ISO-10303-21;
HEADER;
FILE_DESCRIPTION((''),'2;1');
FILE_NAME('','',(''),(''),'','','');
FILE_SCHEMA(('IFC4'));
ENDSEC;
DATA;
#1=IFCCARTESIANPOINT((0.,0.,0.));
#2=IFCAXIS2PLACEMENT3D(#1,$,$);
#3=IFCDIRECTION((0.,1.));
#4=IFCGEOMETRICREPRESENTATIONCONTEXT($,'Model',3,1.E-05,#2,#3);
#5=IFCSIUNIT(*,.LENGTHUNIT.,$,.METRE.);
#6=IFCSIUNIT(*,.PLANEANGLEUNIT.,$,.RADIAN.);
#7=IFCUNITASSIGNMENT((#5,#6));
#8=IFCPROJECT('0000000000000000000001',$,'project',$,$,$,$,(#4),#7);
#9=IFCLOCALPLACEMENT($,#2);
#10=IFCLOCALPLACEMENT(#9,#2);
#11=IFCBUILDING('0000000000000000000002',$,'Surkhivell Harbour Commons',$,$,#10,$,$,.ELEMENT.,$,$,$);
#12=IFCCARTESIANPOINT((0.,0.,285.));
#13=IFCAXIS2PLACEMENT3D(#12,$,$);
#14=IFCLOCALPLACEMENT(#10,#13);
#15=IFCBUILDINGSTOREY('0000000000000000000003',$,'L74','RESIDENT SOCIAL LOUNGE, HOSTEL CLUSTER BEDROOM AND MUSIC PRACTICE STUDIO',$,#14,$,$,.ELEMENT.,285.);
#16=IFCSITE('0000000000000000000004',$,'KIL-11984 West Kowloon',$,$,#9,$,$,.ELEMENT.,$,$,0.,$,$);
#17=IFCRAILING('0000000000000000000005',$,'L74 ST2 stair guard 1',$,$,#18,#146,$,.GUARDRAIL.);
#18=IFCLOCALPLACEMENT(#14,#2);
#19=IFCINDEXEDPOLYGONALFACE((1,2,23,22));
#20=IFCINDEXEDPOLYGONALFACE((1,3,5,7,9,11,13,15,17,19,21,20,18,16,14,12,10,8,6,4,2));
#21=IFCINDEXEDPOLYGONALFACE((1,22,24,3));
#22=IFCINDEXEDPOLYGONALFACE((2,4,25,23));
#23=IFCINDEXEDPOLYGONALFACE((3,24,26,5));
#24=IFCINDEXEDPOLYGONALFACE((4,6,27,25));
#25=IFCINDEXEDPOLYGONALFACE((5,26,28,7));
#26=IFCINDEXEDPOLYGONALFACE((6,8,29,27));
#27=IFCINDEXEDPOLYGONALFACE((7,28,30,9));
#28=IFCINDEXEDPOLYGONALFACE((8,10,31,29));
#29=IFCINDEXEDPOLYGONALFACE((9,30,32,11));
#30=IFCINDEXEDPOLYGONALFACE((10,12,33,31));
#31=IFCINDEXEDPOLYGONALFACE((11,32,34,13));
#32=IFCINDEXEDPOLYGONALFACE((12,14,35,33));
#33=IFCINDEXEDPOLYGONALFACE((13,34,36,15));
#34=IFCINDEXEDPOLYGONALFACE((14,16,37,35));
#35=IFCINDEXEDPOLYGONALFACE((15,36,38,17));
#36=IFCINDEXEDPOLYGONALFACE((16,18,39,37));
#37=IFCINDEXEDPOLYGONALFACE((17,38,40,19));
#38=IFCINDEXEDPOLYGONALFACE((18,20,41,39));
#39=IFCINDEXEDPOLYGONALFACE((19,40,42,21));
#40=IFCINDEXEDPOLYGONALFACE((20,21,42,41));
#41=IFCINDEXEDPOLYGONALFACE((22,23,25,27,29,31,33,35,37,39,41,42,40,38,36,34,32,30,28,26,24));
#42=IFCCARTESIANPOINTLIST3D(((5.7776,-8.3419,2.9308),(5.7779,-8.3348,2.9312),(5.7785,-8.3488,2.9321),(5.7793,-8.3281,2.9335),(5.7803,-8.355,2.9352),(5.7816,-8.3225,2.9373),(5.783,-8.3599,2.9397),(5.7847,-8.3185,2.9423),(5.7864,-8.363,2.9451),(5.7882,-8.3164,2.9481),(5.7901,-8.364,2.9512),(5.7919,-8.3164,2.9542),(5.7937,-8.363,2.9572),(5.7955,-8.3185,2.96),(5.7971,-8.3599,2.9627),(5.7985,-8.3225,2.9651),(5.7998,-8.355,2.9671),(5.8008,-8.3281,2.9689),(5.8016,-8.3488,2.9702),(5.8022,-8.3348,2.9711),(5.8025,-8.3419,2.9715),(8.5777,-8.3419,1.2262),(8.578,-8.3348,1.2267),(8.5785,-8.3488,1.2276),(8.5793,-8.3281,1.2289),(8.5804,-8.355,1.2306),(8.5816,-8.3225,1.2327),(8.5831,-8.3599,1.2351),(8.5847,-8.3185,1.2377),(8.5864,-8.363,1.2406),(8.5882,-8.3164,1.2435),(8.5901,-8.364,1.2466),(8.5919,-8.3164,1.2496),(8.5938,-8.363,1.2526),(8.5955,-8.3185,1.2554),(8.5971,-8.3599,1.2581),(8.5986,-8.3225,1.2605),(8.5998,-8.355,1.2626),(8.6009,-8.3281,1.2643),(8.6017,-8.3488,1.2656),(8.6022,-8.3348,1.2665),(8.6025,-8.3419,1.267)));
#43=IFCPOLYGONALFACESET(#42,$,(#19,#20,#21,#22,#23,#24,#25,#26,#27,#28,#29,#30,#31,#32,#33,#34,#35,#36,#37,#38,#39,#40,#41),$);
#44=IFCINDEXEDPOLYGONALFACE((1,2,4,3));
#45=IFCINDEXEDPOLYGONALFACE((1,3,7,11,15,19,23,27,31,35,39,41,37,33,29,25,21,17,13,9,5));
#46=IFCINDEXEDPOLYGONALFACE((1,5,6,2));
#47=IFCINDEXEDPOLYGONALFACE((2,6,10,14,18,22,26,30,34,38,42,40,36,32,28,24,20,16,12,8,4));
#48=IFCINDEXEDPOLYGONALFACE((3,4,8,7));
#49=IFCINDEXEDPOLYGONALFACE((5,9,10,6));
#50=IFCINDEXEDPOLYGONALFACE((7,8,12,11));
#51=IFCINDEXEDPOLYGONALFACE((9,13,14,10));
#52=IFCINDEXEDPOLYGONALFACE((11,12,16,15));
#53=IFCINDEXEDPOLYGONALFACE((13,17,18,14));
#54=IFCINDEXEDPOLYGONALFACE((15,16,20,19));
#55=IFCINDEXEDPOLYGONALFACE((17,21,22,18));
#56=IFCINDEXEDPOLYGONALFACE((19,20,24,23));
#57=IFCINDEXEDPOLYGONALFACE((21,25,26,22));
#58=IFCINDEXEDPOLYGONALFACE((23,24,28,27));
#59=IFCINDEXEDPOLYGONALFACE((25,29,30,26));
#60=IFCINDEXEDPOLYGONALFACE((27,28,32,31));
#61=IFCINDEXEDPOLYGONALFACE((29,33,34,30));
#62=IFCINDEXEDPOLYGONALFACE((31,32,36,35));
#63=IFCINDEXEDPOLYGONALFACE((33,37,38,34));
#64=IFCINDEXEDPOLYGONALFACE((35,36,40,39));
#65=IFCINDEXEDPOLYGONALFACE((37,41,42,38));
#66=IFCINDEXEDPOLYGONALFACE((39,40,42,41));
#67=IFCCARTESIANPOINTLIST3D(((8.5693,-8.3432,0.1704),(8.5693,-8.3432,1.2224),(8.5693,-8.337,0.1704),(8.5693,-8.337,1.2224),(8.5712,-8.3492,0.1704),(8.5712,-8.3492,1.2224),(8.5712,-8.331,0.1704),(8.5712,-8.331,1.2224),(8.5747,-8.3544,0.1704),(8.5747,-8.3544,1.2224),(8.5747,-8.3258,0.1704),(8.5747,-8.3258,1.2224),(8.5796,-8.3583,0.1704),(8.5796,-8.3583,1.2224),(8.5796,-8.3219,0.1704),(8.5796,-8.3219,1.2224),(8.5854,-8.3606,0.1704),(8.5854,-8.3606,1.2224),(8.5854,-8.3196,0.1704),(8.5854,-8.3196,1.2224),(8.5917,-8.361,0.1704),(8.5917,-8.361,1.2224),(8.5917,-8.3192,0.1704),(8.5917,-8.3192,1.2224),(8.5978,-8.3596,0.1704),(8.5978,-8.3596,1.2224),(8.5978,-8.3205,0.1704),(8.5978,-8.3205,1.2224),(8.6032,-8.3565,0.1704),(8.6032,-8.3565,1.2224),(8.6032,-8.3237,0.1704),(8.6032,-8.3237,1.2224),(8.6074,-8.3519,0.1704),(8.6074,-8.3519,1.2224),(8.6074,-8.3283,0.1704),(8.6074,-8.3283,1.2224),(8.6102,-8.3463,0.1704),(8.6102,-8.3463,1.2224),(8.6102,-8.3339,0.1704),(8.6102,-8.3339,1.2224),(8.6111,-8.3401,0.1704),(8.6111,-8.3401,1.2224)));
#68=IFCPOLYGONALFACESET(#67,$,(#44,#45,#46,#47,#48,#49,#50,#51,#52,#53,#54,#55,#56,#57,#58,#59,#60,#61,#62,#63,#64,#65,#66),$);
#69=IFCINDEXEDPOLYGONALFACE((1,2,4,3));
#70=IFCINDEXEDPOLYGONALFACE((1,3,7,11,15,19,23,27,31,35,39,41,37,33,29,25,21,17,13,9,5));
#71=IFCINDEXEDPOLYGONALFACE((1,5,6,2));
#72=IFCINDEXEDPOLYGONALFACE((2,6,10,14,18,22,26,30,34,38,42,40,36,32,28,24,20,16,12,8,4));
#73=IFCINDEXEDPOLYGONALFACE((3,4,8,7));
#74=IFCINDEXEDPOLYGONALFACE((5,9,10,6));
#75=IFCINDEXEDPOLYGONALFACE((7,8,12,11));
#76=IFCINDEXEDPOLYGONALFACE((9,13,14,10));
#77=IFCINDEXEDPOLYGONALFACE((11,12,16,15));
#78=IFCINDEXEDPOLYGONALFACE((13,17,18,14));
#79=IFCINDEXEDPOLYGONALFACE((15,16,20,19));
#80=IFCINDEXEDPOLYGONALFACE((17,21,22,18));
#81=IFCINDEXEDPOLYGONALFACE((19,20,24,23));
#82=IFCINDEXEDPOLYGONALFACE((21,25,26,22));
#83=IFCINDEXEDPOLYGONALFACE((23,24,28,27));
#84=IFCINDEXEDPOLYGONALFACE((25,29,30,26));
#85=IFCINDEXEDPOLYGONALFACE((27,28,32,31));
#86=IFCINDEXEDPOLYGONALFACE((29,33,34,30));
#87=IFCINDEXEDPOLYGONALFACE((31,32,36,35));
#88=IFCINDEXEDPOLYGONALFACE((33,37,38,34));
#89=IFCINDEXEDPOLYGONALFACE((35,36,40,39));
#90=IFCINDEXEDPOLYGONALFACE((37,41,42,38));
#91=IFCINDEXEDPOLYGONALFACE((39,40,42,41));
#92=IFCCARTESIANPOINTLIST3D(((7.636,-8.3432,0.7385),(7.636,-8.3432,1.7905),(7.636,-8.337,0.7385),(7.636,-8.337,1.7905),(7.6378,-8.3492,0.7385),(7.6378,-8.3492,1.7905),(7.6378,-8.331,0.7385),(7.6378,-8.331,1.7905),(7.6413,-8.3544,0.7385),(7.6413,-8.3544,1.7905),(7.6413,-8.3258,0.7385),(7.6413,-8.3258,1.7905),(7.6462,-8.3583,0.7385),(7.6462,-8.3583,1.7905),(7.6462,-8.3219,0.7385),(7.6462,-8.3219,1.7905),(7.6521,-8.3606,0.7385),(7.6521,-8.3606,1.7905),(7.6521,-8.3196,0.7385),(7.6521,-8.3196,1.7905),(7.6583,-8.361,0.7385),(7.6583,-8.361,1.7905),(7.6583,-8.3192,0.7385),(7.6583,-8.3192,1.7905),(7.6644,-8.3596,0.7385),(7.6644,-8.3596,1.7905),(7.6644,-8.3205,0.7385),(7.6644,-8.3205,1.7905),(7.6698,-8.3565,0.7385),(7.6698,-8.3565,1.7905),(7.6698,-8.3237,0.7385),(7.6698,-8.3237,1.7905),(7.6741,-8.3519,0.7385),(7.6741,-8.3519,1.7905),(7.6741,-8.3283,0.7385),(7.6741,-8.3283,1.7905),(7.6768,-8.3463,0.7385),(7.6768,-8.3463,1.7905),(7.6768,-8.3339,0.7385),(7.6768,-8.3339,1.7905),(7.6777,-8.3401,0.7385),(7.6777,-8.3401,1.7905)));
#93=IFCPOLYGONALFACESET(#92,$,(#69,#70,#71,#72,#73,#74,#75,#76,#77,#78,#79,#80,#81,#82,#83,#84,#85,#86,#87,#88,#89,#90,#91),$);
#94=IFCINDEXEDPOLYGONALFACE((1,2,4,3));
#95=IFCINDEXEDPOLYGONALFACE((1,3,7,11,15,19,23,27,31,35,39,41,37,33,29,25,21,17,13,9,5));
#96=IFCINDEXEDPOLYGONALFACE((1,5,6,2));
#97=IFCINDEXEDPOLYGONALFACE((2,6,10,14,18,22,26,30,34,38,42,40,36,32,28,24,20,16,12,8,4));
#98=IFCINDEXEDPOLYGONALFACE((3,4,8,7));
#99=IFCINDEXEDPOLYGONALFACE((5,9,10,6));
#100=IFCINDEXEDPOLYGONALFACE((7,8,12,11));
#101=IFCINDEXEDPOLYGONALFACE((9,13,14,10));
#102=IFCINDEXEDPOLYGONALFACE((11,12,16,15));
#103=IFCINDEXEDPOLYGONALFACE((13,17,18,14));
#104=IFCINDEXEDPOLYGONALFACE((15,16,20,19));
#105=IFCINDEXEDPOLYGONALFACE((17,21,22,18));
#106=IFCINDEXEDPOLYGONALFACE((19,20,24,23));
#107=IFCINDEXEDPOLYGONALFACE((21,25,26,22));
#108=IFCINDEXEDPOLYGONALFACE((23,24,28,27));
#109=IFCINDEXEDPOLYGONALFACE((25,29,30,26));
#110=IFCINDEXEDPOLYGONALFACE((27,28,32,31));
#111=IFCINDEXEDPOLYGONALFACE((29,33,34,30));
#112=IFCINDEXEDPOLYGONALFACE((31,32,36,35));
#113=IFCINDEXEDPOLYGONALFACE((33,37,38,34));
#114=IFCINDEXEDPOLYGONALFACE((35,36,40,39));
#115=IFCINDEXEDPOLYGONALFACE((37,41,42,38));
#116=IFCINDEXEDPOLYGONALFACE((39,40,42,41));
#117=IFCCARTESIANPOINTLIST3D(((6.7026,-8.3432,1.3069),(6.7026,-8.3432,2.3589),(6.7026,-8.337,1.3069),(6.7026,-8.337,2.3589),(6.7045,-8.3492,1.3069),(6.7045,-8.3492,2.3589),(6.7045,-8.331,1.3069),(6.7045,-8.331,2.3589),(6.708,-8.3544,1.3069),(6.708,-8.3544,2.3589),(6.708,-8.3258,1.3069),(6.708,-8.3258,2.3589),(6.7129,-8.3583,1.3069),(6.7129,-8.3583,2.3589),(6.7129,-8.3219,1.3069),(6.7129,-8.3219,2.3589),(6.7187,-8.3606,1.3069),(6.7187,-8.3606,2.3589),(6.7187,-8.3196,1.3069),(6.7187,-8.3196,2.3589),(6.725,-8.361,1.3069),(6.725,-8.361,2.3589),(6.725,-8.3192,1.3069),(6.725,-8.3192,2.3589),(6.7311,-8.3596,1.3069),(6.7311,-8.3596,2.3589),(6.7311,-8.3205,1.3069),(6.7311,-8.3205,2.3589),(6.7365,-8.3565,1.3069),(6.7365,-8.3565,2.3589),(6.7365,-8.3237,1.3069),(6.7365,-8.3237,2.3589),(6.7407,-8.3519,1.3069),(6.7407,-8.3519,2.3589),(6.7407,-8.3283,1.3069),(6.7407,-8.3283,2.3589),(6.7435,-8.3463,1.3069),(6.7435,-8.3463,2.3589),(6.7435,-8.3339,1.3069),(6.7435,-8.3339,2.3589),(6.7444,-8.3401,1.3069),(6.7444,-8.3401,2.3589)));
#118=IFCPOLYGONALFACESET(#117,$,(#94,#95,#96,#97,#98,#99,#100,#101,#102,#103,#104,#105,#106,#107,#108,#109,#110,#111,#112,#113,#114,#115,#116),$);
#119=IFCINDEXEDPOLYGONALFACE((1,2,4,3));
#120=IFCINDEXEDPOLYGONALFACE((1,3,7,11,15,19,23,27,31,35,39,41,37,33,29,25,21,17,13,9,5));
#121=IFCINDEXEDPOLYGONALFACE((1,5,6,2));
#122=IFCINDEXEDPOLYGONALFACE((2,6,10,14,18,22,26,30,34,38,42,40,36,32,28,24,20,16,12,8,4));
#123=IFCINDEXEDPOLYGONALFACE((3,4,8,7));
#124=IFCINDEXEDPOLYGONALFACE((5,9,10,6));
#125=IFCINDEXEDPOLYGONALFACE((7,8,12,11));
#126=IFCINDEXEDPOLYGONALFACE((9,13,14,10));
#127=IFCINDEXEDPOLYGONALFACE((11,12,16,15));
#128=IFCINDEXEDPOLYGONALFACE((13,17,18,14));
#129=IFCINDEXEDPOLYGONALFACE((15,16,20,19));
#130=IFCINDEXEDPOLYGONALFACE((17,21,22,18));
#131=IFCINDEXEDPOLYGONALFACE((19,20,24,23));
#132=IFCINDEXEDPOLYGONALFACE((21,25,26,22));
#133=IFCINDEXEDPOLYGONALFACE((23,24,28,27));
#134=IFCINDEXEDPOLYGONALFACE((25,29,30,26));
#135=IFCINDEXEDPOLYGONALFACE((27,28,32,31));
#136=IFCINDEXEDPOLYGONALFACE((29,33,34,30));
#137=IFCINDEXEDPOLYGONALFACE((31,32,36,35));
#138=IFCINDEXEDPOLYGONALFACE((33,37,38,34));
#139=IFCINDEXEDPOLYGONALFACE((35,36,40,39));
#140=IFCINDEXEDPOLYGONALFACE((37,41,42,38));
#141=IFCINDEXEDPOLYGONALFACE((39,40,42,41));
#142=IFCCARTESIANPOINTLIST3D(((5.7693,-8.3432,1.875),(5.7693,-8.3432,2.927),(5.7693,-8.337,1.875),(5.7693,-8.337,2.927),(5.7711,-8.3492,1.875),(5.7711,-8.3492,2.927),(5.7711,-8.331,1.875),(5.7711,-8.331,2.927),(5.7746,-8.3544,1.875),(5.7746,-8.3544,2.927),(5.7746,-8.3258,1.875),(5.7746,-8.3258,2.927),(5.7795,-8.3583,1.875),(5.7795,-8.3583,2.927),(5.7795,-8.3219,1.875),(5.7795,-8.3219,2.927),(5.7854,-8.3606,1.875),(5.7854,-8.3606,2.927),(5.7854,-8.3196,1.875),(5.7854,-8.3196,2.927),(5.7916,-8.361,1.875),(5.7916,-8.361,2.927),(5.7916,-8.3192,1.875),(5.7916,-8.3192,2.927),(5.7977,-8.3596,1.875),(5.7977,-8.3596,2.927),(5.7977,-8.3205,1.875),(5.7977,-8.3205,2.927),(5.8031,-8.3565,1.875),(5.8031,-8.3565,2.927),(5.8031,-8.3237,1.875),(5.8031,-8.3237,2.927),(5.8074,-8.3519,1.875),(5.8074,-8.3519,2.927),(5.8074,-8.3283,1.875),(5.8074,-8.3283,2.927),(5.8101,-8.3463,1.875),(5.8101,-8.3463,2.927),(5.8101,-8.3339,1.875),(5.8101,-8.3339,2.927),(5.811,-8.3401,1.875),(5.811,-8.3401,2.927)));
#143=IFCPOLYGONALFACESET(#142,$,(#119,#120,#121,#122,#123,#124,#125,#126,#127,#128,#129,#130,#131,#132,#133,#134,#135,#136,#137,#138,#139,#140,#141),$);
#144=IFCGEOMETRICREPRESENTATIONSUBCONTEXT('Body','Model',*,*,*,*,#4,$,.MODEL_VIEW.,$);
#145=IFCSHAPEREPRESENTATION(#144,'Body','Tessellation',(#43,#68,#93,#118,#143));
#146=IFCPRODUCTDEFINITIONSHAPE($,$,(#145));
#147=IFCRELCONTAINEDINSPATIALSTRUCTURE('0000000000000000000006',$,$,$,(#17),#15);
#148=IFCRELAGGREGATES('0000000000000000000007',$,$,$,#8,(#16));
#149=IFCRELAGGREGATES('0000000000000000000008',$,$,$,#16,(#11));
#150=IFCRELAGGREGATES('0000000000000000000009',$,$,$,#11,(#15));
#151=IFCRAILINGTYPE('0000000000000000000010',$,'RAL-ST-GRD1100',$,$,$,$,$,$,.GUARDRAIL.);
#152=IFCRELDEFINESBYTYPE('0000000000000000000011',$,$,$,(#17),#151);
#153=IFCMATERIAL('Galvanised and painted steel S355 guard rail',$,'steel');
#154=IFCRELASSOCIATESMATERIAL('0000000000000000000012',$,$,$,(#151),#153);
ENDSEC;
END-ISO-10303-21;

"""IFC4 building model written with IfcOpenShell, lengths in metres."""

from ifc_helpers import new_model, si_unit, direction, frame, origin, origin_2d, place, context, subcontext, project, spatial, circle, extrude, material, type_object, element, save


model = new_model("IFC4")

# Units and contexts
model_context = context("Model", 3, precision=1e-05, world=origin(), true_north=direction((0.0, 1.0)))
body_context = subcontext(model_context, "Body", "Model", "MODEL_VIEW")
ifc_project = project(units=[si_unit("LENGTHUNIT", "METRE"), si_unit("PLANEANGLEUNIT", "RADIAN")], contexts=[model_context])

# Site, building, storey
site_placement = place(None, origin())
site = spatial("IfcSite", under=ifc_project, at=site_placement, Name="KIL-11984 West Kowloon", CompositionType="ELEMENT", RefElevation=0.0)
building_placement = place(site_placement, origin())
building = spatial("IfcBuilding", under=site, at=building_placement, Name="Surkhivell Harbour Commons", CompositionType="ELEMENT")
storey_placement = place(building_placement, frame((0.0, 0.0, 285.0)))
storey = spatial("IfcBuildingStorey", under=building, at=storey_placement, Name="L74", Description="RESIDENT SOCIAL LOUNGE, HOSTEL CLUSTER BEDROOM AND MUSIC PRACTICE STUDIO", CompositionType="ELEMENT", Elevation=285.0)

# Railing
ifc_material_1 = material(Name="Galvanised and painted steel S355 guard rail", Category="steel")
railing_type_1 = type_object("IfcRailingType", Name="RAL-ST-GRD1100", PredefinedType="GUARDRAIL", material=ifc_material_1)
railing_1_placement = place(storey_placement, frame((8.5901, -8.3401, 0.1704)))
element("IfcRailing", 1, at=railing_1_placement, inside=storey, type_object=railing_type_1, Name="L74 ST2 stair guard 1", PredefinedType="GUARDRAIL", context=body_context, shape_type="SweptSolid", body=[
    extrude(circle(Radius=0.0239, at=origin_2d()), frame((0.0, 0.0, 1.0762), z_axis=(-0.85417, 0.0, 0.519994), x_axis=(0.0, -1.0, 0.0)), (0.0, 0.0, 1.0), 3.2781),
    extrude(circle(Radius=0.021, at=origin_2d()), origin(), (0.0, 0.0, 1.0), 1.052),
    extrude(circle(Radius=0.021, at=origin_2d()), frame((-0.9333, 0.0, 0.5681)), (0.0, 0.0, 1.0), 1.052),
    extrude(circle(Radius=0.021, at=origin_2d()), frame((-1.8667, 0.0, 1.1365)), (0.0, 0.0, 1.0), 1.052),
    extrude(circle(Radius=0.021, at=origin_2d()), frame((-2.8, 0.0, 1.7046)), (0.0, 0.0, 1.0), 1.052),
])

save(model, "model.ifc")
